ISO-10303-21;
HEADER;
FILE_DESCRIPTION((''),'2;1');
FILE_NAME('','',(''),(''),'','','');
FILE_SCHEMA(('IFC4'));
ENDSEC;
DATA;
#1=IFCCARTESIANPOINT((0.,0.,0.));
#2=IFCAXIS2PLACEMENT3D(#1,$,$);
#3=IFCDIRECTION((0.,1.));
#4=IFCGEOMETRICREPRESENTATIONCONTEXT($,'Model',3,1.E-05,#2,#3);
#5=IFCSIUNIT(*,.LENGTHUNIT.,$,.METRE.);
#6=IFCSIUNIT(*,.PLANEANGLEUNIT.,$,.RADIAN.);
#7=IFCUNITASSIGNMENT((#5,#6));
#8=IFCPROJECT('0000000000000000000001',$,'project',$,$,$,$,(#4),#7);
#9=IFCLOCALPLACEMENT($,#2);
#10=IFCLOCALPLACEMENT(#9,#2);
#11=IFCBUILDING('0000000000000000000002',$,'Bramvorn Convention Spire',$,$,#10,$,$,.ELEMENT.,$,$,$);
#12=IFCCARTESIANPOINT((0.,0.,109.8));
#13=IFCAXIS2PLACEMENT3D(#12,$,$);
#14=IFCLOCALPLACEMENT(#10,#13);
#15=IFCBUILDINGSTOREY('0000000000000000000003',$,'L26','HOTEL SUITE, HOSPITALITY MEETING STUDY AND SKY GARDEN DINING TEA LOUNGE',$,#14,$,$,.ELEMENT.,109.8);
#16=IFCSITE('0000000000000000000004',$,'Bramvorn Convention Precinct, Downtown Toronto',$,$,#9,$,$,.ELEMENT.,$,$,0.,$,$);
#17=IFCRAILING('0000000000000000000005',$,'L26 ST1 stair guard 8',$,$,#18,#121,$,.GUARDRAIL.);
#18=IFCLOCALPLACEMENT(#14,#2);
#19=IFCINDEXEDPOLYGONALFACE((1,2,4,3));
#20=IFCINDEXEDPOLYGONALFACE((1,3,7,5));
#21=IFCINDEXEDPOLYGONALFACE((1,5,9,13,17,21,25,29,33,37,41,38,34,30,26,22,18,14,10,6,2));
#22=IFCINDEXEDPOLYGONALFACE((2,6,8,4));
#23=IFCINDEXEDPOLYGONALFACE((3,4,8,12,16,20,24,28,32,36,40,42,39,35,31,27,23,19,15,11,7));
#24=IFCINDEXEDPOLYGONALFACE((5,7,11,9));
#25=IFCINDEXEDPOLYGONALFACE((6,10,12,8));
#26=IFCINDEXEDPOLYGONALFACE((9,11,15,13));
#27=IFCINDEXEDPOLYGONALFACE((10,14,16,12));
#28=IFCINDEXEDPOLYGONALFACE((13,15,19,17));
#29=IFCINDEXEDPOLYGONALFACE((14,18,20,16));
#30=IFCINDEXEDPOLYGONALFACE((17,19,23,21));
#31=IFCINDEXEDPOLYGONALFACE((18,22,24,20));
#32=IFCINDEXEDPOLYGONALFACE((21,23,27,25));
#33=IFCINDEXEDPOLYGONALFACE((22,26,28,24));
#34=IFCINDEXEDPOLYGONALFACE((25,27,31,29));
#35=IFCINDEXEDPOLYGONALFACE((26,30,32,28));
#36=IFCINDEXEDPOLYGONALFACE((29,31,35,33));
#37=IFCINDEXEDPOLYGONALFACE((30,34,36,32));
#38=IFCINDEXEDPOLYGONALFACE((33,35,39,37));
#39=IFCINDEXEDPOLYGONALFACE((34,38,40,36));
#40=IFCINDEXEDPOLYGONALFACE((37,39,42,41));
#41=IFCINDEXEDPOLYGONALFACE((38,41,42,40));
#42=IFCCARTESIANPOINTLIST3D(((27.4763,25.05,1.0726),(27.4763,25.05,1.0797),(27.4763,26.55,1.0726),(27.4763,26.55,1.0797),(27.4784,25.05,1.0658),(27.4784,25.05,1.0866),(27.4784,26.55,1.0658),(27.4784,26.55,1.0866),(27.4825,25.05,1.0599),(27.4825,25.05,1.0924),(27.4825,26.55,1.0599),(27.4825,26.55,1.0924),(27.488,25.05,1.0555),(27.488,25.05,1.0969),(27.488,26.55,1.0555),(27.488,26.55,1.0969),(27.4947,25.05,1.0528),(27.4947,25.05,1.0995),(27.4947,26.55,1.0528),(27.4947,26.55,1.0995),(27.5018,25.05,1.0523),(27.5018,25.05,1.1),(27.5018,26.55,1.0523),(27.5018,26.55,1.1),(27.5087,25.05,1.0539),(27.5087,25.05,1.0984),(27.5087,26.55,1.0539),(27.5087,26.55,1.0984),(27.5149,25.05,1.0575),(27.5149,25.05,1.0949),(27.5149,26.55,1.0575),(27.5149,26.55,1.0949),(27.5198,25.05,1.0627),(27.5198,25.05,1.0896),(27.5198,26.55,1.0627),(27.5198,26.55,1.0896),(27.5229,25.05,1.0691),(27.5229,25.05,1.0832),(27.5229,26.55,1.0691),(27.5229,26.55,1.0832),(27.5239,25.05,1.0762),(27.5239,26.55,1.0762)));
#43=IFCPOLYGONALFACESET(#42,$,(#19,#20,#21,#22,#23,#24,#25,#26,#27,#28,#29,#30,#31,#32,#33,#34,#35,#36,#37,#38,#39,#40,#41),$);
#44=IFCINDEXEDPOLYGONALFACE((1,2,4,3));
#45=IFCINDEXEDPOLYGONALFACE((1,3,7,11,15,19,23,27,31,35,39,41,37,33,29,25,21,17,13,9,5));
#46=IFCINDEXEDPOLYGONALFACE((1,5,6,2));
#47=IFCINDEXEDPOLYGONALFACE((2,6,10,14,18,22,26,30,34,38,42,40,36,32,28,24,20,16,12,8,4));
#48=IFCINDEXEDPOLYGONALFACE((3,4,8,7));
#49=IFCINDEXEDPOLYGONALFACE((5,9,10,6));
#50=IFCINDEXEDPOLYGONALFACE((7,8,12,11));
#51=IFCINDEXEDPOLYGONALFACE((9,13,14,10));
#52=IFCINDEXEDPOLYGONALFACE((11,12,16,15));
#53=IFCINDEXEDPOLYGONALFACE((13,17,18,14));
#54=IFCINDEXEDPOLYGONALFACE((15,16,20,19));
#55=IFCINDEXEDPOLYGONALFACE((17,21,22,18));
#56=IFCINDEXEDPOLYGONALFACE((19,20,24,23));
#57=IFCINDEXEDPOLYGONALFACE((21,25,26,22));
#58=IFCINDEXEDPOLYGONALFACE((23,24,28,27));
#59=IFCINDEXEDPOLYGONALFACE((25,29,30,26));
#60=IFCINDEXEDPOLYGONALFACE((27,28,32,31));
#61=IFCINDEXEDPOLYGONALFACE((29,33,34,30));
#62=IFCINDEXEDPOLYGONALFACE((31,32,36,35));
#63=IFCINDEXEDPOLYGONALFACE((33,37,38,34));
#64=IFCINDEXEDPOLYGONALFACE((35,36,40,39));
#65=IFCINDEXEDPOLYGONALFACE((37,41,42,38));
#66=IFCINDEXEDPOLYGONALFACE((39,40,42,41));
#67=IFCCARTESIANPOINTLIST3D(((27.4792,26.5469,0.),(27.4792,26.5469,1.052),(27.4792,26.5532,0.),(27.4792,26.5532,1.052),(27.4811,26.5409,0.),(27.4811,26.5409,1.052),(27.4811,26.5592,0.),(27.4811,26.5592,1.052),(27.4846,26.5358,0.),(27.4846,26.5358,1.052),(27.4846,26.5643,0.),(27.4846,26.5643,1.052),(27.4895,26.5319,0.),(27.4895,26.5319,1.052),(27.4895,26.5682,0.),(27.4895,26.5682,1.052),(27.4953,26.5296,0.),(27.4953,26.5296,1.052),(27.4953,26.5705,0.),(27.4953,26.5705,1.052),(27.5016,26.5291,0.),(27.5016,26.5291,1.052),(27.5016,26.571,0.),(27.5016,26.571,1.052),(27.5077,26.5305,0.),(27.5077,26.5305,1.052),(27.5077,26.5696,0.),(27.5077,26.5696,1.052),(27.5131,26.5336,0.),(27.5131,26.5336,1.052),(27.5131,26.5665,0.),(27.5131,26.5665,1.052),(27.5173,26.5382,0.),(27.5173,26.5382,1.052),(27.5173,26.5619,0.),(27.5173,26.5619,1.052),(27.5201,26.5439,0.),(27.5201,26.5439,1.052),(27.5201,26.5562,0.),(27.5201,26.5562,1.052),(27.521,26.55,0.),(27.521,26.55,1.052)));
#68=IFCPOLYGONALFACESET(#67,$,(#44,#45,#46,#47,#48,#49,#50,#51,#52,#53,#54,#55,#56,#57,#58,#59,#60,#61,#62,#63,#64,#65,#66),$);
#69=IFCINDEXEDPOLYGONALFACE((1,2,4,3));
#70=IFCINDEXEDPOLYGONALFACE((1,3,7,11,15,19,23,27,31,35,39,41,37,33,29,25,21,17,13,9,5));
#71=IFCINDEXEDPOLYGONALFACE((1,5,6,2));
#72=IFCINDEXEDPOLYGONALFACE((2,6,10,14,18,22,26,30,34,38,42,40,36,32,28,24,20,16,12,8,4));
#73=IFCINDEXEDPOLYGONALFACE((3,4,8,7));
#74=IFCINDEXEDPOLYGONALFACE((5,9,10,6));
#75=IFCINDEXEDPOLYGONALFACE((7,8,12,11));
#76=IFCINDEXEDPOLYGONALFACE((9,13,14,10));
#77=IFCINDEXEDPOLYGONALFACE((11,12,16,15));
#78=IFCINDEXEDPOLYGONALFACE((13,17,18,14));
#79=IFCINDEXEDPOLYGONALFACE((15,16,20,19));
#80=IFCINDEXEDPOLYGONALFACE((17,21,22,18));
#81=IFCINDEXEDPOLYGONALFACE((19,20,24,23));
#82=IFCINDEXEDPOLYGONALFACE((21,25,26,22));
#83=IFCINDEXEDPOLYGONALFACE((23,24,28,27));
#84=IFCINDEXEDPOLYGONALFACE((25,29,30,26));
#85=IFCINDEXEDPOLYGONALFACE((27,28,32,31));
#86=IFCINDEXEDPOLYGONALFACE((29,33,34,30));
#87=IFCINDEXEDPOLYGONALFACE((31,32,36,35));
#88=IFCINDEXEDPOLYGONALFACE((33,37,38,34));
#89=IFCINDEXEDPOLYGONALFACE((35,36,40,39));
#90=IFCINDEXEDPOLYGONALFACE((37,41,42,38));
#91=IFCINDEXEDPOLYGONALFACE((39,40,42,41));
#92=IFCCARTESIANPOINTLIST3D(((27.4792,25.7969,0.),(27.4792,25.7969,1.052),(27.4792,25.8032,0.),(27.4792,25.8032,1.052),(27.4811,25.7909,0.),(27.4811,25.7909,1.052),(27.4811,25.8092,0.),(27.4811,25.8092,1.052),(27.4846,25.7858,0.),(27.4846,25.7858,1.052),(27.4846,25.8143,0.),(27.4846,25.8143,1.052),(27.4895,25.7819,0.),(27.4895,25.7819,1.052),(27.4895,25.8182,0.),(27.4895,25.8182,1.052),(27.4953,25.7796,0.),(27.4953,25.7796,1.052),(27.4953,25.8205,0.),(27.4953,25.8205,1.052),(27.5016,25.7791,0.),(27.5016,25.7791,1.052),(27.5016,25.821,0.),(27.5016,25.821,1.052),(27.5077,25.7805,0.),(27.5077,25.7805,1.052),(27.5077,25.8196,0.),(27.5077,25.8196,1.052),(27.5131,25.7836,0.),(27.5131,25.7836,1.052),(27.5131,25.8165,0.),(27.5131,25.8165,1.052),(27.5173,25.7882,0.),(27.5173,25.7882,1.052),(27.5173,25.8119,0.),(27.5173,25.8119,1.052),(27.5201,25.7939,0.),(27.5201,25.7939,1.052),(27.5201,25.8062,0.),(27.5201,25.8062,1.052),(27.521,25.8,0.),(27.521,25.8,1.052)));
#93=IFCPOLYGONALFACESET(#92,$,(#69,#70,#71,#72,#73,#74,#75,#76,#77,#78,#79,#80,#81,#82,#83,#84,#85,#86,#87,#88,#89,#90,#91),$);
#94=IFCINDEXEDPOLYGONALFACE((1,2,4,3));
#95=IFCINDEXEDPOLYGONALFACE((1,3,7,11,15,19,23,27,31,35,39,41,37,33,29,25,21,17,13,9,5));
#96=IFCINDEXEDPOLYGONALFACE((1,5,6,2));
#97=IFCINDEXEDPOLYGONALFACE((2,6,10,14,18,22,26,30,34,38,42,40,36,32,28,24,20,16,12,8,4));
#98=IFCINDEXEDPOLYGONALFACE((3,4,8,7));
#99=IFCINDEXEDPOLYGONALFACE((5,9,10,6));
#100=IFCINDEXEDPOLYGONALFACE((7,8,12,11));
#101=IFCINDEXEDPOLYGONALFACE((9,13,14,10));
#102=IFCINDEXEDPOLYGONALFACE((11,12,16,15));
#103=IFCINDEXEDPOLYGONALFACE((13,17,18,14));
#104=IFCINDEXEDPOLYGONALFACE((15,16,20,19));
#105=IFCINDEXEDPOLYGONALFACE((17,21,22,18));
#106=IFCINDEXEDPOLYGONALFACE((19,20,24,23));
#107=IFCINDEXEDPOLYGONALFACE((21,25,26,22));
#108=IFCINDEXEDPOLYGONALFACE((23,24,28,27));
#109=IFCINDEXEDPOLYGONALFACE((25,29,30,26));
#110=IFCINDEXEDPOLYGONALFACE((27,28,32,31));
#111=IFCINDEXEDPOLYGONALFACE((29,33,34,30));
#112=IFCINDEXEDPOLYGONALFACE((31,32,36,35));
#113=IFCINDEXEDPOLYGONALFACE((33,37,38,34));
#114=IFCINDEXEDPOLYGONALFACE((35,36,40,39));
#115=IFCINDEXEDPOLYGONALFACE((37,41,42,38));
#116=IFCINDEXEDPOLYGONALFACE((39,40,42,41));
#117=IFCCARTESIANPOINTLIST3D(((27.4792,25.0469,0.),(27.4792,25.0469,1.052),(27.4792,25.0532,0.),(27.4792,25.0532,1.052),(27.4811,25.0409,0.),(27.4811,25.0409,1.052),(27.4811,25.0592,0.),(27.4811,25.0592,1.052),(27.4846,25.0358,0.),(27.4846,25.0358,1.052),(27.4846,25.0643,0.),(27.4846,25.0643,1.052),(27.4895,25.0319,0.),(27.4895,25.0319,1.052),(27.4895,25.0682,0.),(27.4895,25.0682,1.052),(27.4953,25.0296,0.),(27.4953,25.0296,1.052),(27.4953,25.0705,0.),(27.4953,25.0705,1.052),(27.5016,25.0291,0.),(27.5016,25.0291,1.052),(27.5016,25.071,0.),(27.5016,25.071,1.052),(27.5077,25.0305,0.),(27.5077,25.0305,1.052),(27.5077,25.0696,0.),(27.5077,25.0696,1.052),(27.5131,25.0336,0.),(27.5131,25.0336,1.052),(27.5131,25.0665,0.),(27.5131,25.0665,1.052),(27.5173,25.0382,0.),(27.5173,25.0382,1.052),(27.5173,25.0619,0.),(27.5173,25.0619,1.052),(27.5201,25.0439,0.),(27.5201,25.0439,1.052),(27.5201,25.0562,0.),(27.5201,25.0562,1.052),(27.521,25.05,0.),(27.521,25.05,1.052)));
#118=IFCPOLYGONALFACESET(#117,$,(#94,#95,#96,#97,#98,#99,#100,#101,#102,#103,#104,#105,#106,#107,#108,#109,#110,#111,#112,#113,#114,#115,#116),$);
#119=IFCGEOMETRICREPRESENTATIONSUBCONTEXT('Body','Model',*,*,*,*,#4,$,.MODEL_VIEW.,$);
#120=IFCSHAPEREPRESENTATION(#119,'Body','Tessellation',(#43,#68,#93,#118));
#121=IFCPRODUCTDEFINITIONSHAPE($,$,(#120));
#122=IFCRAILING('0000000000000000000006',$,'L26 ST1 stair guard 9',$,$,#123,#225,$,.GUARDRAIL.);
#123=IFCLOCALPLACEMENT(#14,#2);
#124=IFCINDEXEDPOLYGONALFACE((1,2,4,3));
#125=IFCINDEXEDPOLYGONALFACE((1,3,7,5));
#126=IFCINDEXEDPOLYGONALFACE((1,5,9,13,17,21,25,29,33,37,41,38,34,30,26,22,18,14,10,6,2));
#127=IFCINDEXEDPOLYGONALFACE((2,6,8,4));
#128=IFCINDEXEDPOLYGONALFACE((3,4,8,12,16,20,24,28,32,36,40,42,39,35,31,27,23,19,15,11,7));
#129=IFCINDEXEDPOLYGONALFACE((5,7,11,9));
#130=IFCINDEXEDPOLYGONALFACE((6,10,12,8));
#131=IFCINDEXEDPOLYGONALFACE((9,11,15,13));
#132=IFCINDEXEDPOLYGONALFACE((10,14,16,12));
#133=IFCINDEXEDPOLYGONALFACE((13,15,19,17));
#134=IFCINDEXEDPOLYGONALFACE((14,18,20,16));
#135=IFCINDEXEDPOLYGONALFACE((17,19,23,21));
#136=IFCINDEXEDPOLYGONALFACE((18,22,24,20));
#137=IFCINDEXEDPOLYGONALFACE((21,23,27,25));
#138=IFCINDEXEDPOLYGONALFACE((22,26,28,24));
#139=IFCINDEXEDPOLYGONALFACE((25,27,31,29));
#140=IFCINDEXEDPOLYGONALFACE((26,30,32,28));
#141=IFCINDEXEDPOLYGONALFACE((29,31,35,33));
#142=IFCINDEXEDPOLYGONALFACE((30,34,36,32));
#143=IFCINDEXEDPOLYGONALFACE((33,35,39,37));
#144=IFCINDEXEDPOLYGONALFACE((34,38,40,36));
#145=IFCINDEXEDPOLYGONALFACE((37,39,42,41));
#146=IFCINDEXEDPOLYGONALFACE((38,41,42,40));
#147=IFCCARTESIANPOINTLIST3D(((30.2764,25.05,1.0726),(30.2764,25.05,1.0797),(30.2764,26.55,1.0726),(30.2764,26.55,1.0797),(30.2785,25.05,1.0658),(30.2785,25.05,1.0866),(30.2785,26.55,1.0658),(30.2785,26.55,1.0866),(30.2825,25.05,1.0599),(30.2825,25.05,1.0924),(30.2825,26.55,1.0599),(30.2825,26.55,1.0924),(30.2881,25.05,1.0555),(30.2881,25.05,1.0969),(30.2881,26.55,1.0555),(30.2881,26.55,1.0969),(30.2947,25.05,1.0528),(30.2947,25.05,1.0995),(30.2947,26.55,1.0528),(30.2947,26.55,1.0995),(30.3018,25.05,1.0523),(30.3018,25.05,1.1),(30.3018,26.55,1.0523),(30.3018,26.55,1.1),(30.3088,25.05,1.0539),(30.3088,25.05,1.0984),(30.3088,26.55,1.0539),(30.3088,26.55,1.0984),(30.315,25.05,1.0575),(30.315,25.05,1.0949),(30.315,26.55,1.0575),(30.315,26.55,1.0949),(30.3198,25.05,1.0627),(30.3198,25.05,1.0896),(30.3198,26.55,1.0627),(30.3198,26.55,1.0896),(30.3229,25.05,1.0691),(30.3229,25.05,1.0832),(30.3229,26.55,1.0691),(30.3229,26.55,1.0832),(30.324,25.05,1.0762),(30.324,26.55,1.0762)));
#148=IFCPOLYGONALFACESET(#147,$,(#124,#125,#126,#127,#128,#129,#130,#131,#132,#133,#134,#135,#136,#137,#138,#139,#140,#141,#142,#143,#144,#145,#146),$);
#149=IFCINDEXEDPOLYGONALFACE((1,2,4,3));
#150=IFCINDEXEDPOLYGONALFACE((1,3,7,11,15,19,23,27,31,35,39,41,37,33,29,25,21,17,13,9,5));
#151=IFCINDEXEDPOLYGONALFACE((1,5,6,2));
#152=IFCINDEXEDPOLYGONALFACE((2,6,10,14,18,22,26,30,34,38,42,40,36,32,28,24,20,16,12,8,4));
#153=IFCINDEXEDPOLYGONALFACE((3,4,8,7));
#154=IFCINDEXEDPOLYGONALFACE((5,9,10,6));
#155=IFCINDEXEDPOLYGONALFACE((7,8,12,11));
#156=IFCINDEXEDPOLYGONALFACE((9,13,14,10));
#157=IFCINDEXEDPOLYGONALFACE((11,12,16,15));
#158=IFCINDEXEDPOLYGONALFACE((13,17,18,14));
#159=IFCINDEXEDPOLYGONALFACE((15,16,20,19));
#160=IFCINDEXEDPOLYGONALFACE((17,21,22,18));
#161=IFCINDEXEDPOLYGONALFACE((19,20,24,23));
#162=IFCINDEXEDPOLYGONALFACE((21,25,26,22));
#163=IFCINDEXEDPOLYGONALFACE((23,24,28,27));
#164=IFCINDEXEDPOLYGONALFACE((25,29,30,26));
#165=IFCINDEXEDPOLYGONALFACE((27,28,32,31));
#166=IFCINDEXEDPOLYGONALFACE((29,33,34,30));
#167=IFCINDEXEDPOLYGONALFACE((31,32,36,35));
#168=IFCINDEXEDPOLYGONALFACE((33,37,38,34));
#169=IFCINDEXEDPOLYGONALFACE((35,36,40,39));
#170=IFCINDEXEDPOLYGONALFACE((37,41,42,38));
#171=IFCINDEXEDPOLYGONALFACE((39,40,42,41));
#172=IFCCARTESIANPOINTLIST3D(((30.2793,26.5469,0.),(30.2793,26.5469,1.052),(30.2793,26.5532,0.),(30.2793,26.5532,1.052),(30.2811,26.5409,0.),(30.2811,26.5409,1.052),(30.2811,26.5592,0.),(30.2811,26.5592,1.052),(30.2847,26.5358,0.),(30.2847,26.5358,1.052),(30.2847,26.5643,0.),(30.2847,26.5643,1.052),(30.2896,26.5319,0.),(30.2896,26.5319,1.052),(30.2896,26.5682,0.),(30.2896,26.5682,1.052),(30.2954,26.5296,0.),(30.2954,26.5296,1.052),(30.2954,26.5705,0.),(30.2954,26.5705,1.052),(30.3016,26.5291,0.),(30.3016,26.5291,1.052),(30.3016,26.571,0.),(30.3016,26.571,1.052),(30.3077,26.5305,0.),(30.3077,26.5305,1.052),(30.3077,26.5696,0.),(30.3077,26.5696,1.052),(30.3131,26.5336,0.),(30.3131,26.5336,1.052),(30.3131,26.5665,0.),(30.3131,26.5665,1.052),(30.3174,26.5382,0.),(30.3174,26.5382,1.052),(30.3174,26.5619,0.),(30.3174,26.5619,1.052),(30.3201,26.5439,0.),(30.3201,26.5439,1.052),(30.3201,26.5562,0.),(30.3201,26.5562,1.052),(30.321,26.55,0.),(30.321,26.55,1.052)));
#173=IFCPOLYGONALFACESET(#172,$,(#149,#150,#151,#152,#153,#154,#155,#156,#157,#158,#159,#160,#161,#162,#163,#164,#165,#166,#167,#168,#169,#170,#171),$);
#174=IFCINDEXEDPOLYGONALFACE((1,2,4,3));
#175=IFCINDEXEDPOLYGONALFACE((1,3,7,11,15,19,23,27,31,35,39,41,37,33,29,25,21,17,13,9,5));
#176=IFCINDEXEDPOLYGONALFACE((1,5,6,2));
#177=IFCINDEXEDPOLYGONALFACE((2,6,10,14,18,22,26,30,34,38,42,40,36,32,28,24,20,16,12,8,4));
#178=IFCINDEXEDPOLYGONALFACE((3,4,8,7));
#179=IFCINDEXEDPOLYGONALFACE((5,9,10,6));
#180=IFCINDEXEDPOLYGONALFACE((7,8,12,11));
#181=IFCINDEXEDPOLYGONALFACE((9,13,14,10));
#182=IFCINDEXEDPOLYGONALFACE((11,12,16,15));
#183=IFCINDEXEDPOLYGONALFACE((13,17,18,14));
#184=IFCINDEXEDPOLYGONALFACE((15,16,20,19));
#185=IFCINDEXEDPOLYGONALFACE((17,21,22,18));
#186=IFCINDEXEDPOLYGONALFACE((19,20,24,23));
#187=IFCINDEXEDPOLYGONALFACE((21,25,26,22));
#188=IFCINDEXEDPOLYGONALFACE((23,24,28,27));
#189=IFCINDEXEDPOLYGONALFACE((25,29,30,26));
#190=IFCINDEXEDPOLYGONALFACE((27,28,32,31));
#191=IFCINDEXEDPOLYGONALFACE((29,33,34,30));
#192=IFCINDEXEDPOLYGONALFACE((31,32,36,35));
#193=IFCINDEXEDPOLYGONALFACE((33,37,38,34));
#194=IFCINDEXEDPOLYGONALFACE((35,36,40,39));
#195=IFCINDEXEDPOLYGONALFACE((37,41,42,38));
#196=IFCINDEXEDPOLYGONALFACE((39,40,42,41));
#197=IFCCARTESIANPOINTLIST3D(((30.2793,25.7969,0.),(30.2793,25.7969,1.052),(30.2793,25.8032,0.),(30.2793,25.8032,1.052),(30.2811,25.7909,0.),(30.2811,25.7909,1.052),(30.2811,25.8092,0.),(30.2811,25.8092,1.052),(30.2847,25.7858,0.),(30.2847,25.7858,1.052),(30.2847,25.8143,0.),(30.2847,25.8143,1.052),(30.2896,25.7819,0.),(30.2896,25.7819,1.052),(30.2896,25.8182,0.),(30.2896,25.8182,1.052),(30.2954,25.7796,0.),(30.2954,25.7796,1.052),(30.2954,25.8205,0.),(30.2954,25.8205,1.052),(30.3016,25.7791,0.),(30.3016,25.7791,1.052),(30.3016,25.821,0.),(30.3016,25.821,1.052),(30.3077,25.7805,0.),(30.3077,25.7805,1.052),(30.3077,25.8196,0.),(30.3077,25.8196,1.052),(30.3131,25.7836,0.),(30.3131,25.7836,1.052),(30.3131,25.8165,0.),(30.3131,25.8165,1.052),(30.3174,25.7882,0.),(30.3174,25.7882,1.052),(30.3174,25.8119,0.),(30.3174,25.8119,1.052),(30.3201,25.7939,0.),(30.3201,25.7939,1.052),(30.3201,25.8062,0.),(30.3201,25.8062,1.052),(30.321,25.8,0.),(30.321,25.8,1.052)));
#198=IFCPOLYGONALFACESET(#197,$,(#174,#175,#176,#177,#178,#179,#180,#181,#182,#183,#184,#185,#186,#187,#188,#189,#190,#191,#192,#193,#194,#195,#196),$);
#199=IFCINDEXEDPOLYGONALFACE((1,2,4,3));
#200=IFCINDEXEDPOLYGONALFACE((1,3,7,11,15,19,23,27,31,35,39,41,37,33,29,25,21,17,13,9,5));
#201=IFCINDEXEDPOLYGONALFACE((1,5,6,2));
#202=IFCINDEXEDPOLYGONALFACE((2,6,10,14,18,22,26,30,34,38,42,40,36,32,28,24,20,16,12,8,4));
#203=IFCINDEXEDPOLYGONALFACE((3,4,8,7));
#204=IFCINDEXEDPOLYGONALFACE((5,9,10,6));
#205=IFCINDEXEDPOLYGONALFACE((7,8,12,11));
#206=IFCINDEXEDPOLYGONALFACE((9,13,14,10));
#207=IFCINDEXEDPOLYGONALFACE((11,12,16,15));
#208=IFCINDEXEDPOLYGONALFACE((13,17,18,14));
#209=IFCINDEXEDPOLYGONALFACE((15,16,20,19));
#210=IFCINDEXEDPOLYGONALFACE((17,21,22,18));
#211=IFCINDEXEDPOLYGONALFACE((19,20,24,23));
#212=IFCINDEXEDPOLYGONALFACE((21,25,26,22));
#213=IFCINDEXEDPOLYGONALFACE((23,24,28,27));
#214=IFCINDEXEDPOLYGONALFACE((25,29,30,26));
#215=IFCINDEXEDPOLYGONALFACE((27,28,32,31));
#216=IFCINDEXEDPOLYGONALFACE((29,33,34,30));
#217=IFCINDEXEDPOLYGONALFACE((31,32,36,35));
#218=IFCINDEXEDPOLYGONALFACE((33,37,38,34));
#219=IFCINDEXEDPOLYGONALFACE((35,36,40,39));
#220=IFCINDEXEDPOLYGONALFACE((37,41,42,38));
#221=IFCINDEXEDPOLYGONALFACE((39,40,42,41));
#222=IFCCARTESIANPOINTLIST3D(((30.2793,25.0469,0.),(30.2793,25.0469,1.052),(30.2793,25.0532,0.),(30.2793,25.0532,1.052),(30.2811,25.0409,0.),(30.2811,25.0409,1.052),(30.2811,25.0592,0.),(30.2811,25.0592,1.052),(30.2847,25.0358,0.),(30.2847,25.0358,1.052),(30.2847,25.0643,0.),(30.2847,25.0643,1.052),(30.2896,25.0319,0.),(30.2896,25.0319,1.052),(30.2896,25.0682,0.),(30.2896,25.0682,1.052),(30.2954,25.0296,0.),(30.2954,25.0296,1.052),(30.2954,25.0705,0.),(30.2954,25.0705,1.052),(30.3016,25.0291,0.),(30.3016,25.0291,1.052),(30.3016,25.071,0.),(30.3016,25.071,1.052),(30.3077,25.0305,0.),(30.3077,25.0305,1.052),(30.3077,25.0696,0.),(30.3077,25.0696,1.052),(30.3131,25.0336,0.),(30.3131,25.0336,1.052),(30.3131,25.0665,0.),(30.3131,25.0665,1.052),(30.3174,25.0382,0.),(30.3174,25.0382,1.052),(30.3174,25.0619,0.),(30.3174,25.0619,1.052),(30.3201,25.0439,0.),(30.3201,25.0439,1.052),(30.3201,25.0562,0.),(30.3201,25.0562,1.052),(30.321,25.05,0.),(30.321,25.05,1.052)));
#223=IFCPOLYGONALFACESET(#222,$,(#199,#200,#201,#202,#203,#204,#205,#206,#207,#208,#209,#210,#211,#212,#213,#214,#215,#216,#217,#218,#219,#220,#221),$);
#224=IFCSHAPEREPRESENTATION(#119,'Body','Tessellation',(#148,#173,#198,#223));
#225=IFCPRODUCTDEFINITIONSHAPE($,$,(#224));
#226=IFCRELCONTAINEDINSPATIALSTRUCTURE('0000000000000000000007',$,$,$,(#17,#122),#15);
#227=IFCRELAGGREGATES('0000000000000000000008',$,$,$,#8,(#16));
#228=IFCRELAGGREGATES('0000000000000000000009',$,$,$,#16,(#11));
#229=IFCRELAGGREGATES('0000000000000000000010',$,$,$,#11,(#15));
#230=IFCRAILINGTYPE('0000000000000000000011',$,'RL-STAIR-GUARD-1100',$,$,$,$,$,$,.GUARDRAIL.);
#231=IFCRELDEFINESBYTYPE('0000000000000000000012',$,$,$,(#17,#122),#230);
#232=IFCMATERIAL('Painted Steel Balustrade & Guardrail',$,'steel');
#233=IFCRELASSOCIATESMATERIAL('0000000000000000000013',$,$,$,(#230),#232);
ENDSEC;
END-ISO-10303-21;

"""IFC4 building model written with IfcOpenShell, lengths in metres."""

from ifc_helpers import new_model, si_unit, direction, frame, origin, origin_2d, place, context, subcontext, project, spatial, circle, extrude, material, type_object, element, save


model = new_model("IFC4")

# Units and contexts
model_context = context("Model", 3, precision=1e-05, world=origin(), true_north=direction((0.0, 1.0)))
body_context = subcontext(model_context, "Body", "Model", "MODEL_VIEW")
ifc_project = project(units=[si_unit("LENGTHUNIT", "METRE"), si_unit("PLANEANGLEUNIT", "RADIAN")], contexts=[model_context])

# Site, building, storey
site_placement = place(None, origin())
site = spatial("IfcSite", under=ifc_project, at=site_placement, Name="Bramvorn Convention Precinct, Downtown Toronto", CompositionType="ELEMENT", RefElevation=0.0)
building_placement = place(site_placement, origin())
building = spatial("IfcBuilding", under=site, at=building_placement, Name="Bramvorn Convention Spire", CompositionType="ELEMENT")
storey_placement = place(building_placement, frame((0.0, 0.0, 109.8)))
storey = spatial("IfcBuildingStorey", under=building, at=storey_placement, Name="L26", Description="HOTEL SUITE, HOSPITALITY MEETING STUDY AND SKY GARDEN DINING TEA LOUNGE", CompositionType="ELEMENT", Elevation=109.8)

# Railings
ifc_material_1 = material(Name="Painted Steel Balustrade & Guardrail", Category="steel")
railing_type = type_object("IfcRailingType", Name="RL-STAIR-GUARD-1100", PredefinedType="GUARDRAIL", material=ifc_material_1)
for number, where, name in (
    (1, (27.5, 26.55, 0.0), "L26 ST1 stair guard 8"),
    (2, (30.3, 26.55, 0.0), "L26 ST1 stair guard 9"),
):
    element("IfcRailing", number, at=place(storey_placement, frame(where)), inside=storey, type_object=railing_type, Name=name, PredefinedType="GUARDRAIL", context=body_context, shape_type="SweptSolid", body=[
        extrude(circle(Radius=0.0239, at=origin_2d()), frame((0.0, 0.0, 1.0762), z_axis=(0.0, -1.0, 0.0), x_axis=(1.0, 0.0, 0.0)), (0.0, 0.0, 1.0), 1.5),
        extrude(circle(Radius=0.021, at=origin_2d()), origin(), (0.0, 0.0, 1.0), 1.052),
        extrude(circle(Radius=0.021, at=origin_2d()), frame((0.0, -0.75, 0.0)), (0.0, 0.0, 1.0), 1.052),
        extrude(circle(Radius=0.021, at=origin_2d()), frame((0.0, -1.5, 0.0)), (0.0, 0.0, 1.0), 1.052),
    ])

save(model, "model.ifc")
